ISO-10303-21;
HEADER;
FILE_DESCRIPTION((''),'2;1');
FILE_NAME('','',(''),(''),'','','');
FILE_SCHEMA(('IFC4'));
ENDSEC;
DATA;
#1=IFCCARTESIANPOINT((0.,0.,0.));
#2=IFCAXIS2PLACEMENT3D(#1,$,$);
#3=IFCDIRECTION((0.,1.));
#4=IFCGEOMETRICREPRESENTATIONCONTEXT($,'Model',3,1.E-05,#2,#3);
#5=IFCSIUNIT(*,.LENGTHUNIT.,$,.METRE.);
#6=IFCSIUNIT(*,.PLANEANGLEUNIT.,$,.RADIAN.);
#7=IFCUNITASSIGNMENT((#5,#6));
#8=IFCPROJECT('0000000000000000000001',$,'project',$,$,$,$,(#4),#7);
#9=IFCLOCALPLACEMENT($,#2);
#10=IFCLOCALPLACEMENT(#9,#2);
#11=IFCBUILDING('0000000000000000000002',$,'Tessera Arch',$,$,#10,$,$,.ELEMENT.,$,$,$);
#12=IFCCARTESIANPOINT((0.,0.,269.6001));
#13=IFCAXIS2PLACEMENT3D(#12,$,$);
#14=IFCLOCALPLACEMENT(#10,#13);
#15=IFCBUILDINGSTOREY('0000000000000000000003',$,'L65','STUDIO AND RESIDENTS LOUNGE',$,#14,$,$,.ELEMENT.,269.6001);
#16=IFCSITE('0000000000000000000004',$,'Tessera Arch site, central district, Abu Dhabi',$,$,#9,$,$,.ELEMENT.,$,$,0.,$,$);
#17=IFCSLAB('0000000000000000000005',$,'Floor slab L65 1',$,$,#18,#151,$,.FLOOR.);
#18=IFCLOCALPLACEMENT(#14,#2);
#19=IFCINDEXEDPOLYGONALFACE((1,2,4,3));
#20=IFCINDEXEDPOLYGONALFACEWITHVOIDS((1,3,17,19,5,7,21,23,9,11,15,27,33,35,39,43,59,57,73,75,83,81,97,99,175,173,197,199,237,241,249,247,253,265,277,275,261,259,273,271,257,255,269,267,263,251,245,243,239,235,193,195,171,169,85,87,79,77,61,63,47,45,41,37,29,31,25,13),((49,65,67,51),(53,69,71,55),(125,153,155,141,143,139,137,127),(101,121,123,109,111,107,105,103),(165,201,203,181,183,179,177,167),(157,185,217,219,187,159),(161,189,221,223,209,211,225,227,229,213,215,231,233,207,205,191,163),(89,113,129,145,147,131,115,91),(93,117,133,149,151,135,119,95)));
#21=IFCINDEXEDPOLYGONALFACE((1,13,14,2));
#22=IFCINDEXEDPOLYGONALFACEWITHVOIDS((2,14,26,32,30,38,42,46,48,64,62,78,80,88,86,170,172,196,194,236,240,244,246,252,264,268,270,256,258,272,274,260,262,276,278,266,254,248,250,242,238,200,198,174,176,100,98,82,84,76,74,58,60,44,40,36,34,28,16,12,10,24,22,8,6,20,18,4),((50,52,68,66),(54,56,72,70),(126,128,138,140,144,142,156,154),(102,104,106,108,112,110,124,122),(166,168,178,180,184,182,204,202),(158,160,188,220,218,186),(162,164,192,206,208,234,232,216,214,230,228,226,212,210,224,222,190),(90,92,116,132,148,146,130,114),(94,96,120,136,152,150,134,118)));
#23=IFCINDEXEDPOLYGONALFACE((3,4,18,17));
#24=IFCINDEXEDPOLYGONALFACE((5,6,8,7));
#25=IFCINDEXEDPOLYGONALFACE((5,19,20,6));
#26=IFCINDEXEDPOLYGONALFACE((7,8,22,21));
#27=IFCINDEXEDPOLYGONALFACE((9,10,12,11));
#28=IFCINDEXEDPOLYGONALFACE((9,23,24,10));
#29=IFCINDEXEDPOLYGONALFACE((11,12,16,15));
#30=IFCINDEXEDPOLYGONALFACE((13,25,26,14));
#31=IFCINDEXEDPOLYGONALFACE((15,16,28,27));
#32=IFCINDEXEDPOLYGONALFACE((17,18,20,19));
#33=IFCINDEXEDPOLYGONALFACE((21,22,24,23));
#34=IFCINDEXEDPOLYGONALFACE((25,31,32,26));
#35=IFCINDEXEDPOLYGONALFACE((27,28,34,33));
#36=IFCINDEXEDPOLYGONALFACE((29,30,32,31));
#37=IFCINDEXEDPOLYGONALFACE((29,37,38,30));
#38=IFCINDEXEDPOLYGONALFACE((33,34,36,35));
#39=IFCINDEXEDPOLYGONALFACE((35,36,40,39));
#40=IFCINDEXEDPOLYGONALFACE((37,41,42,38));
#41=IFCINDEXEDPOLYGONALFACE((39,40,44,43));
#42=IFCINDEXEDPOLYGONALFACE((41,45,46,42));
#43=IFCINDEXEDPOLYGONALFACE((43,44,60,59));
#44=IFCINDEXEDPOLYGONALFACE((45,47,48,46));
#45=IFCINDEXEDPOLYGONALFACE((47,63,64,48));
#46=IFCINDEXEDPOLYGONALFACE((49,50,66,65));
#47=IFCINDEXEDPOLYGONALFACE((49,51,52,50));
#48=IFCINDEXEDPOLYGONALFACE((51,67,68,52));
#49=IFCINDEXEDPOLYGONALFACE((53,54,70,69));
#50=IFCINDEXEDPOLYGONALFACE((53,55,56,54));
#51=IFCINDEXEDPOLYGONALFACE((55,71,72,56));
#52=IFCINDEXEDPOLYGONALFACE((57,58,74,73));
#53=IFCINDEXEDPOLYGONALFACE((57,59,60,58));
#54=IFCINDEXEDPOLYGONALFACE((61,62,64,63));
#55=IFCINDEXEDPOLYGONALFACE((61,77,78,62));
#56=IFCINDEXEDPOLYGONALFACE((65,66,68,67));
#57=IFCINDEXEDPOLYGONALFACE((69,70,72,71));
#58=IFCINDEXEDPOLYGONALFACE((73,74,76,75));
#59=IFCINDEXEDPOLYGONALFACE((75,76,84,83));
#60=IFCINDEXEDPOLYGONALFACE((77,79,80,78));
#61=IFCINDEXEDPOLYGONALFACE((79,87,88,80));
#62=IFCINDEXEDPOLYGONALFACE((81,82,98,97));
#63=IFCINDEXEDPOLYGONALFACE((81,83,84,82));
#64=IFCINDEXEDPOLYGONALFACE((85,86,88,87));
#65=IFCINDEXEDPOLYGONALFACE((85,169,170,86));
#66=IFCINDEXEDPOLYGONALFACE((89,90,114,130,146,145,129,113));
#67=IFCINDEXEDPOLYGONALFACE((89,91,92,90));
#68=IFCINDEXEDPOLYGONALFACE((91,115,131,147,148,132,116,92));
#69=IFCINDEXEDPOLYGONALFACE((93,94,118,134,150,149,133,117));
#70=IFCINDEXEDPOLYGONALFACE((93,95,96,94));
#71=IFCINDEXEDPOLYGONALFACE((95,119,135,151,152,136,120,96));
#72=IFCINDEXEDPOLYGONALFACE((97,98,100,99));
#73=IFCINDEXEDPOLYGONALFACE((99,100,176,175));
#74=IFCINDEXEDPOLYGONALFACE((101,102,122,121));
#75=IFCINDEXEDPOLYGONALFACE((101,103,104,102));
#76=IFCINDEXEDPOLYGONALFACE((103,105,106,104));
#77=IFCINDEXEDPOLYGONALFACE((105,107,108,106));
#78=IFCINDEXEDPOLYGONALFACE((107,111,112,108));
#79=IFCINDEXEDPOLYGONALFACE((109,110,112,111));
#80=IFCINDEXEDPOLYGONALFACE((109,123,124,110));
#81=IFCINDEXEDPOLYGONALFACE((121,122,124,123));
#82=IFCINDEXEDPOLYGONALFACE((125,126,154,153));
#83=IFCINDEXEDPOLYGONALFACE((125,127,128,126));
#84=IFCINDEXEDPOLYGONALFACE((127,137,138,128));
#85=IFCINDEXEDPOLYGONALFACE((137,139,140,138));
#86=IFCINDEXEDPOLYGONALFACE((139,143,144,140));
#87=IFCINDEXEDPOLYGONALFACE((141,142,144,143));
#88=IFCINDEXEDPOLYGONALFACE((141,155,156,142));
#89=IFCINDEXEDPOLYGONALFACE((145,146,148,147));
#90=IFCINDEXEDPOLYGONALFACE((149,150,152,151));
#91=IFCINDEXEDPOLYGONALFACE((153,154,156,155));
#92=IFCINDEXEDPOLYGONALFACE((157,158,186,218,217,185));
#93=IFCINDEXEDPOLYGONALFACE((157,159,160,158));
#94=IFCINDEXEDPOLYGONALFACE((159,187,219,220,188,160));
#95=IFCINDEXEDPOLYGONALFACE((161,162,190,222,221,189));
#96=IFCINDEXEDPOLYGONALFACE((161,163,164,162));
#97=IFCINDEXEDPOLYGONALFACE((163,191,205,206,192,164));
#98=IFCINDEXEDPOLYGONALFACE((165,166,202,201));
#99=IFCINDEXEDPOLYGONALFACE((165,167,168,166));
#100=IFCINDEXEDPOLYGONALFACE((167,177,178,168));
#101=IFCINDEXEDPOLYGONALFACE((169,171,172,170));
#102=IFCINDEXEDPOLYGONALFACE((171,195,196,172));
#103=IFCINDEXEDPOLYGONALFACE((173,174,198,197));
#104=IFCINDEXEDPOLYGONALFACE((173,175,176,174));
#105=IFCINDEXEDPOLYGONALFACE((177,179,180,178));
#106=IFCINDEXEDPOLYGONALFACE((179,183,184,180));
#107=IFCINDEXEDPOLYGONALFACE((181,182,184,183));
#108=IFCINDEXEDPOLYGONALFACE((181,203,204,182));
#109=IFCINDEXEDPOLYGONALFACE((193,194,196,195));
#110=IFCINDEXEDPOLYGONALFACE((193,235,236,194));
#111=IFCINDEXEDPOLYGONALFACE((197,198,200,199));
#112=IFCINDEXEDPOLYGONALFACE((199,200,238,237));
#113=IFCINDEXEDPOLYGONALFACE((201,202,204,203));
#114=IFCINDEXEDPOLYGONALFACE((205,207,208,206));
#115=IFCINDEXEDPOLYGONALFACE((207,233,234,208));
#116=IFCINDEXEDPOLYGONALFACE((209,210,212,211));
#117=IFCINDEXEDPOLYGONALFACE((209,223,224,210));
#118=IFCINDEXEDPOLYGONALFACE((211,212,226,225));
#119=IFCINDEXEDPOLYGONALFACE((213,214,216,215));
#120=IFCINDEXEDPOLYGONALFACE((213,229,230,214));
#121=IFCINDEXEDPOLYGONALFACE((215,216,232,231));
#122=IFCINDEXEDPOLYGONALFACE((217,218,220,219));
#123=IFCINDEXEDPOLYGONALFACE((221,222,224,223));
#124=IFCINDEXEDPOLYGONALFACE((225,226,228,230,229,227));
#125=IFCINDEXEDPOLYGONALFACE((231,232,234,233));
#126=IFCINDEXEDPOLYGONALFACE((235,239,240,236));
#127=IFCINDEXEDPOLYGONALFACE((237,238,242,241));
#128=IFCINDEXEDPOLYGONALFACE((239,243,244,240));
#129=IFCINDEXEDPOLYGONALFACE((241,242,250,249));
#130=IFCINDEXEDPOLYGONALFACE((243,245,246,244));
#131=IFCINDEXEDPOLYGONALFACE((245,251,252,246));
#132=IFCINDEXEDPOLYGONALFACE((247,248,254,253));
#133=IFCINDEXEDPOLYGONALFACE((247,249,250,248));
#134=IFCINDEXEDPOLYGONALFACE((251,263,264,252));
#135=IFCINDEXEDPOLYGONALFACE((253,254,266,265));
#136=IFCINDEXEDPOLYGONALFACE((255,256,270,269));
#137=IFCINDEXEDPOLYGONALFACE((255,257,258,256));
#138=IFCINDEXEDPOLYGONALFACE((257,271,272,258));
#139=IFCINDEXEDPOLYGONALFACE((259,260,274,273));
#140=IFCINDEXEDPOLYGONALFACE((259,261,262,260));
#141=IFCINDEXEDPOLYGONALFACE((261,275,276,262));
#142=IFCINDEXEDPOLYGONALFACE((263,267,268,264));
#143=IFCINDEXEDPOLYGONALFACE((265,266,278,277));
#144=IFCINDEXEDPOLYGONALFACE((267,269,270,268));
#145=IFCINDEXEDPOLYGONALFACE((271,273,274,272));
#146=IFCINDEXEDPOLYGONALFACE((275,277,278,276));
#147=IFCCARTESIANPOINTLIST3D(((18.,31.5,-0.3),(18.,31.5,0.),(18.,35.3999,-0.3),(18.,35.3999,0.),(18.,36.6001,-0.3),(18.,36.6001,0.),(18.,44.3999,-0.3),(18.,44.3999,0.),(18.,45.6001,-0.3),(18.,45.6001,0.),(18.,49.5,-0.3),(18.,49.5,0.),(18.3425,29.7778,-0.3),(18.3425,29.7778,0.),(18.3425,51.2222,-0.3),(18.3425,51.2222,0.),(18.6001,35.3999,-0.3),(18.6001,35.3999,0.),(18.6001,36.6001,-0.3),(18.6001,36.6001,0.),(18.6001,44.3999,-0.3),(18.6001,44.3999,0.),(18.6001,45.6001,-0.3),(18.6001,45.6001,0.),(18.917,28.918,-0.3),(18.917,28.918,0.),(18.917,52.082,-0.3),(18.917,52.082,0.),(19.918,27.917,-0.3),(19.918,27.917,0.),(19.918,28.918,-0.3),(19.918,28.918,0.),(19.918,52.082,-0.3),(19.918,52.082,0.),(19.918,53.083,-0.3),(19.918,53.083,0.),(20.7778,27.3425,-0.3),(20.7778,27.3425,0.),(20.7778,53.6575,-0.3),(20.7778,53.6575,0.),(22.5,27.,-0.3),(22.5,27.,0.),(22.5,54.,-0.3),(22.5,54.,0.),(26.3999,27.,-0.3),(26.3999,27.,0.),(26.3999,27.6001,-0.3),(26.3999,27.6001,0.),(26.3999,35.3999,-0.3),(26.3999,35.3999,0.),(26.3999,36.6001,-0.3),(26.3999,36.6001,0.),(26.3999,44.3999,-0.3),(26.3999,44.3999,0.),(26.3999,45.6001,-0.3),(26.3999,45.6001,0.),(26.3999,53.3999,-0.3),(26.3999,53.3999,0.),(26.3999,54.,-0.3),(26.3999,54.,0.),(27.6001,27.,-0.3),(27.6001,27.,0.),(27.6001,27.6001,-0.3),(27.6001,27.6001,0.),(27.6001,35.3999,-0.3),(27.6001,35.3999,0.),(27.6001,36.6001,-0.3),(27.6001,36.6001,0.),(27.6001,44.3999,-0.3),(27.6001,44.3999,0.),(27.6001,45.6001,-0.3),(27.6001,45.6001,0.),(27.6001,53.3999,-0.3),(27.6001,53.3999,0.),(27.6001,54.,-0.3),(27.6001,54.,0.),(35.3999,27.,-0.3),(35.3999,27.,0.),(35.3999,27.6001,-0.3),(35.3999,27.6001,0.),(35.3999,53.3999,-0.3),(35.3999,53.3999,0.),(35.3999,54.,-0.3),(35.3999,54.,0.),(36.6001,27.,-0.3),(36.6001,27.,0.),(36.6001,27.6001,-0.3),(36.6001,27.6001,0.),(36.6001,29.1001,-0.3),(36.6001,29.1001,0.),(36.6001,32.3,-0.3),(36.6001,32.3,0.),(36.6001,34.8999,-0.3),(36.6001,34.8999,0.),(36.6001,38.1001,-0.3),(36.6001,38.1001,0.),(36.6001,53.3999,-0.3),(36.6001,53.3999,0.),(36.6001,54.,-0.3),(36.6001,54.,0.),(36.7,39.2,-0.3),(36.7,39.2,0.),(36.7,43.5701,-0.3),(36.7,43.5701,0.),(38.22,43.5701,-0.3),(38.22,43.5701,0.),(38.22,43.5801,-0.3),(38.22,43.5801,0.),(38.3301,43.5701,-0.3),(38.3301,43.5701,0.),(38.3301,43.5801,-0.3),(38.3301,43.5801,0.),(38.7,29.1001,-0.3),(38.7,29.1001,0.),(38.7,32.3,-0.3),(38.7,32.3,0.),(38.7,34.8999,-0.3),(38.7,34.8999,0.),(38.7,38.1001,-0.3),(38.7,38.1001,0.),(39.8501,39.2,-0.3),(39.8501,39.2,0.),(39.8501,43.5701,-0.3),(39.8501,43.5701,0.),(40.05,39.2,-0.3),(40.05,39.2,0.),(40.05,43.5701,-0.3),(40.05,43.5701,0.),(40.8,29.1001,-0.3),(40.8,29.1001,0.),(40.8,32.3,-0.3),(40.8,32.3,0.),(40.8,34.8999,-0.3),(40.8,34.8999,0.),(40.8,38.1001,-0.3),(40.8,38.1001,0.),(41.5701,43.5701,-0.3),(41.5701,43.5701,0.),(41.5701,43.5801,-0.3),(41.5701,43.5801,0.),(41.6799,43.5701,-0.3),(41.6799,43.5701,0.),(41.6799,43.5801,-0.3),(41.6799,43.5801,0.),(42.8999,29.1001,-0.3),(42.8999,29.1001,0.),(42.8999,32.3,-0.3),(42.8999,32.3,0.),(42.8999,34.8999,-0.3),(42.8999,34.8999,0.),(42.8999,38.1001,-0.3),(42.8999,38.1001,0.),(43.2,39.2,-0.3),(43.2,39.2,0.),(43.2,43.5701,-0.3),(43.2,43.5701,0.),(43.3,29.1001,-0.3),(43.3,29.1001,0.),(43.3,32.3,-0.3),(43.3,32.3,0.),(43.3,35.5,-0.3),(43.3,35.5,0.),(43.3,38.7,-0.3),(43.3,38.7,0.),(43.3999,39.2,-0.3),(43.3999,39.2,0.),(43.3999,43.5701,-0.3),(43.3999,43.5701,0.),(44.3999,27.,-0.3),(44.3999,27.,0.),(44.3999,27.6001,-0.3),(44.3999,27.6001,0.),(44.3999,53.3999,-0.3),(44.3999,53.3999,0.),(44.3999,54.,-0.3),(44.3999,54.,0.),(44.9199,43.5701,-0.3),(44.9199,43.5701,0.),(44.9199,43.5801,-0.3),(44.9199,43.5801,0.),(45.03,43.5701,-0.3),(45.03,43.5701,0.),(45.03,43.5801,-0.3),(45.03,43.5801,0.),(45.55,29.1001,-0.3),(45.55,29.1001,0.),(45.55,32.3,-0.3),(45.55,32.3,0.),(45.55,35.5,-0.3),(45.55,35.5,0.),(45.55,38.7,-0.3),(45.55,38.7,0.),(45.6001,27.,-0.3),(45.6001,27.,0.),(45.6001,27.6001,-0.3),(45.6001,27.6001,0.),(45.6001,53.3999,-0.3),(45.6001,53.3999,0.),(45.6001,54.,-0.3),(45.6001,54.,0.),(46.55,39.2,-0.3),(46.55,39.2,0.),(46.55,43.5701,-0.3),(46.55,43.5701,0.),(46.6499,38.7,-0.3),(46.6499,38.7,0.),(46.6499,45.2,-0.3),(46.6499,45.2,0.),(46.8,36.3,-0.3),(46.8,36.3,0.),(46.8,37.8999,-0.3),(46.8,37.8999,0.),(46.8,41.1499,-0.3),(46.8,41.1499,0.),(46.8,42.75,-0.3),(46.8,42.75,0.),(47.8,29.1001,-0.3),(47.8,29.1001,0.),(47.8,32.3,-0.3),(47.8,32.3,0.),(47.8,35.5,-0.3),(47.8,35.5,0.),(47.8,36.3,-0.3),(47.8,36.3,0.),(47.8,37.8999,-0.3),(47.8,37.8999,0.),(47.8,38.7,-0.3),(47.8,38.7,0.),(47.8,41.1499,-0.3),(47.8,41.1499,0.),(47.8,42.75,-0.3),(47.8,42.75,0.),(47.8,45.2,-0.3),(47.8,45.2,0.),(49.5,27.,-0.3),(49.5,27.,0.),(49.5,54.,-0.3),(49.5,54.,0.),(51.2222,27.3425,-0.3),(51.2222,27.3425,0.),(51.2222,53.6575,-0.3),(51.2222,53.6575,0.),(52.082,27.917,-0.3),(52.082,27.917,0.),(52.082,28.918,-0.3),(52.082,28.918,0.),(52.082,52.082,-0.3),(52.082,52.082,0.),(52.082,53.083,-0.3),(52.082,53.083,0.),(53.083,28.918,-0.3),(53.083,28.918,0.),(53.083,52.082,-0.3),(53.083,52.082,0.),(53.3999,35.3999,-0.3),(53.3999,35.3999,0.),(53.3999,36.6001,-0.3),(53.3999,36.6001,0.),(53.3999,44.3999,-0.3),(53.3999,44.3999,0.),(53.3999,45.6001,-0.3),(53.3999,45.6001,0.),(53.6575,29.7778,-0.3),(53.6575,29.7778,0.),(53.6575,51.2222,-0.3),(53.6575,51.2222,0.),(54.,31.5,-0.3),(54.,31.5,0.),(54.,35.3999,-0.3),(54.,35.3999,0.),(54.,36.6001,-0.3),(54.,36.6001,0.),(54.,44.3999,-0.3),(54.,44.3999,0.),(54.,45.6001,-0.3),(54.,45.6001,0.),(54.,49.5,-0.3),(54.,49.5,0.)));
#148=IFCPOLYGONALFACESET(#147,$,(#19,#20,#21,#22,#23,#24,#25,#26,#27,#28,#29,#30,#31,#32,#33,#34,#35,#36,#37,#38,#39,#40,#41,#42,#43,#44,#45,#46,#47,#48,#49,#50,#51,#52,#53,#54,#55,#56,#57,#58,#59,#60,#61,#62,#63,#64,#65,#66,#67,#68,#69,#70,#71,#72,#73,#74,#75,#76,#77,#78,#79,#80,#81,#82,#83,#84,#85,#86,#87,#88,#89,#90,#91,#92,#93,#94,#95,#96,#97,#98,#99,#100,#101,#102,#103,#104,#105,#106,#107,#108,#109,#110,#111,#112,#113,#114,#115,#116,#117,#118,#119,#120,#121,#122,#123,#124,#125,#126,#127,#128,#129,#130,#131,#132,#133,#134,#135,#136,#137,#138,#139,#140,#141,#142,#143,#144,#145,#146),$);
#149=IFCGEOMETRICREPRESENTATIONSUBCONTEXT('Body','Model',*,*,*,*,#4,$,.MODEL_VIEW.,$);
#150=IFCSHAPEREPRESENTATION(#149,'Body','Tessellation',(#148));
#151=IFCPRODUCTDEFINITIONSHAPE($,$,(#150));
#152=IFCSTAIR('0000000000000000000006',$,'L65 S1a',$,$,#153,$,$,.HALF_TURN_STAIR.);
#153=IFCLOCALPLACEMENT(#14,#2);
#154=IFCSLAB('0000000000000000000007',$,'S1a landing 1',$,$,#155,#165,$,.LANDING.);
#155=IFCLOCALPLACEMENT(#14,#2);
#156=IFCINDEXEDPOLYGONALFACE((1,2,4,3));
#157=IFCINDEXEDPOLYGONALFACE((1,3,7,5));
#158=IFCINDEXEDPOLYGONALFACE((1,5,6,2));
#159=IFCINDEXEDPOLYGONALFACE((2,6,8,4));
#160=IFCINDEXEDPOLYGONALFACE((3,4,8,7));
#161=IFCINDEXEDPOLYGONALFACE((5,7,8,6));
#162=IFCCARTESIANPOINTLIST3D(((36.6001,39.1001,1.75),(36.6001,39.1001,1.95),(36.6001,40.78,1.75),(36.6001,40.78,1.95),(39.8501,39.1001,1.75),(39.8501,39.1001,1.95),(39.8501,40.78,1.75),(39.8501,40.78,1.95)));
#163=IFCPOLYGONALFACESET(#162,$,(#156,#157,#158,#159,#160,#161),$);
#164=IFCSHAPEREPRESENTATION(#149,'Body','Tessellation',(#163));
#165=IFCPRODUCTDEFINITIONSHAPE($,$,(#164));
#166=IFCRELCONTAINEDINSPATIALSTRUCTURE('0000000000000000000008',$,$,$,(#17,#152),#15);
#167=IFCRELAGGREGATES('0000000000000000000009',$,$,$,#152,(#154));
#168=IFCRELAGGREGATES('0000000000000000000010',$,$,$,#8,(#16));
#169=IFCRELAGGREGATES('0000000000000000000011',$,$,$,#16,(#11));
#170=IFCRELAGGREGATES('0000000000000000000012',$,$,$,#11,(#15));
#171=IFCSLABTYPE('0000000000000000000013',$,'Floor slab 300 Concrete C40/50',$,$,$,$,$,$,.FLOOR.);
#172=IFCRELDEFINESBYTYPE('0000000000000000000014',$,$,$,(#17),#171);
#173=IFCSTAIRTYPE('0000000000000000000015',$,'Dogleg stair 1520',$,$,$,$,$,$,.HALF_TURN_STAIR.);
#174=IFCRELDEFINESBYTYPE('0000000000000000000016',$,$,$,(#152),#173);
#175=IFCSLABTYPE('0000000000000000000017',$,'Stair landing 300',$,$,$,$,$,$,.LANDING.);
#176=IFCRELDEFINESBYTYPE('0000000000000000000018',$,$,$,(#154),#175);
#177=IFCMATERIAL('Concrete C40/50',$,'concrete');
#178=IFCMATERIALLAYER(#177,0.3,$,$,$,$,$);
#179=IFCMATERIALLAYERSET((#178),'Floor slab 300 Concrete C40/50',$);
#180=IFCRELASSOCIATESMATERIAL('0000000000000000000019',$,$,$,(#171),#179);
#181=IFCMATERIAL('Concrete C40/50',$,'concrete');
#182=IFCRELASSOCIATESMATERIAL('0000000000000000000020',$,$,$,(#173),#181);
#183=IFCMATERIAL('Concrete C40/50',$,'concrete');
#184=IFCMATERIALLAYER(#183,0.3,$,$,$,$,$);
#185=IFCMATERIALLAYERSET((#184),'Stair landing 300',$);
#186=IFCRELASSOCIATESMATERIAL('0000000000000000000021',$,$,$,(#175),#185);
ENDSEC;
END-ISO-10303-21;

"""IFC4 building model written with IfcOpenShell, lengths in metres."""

from ifc_helpers import new_model, si_unit, direction, frame, origin, place, context, subcontext, project, spatial, polyline, outline, extrude, material, layer, layer_set, type_object, element, aggregate, save


model = new_model("IFC4")

# Units and contexts
model_context = context("Model", 3, precision=1e-05, world=origin(), true_north=direction((0.0, 1.0)))
body_context = subcontext(model_context, "Body", "Model", "MODEL_VIEW")
ifc_project = project(units=[si_unit("LENGTHUNIT", "METRE"), si_unit("PLANEANGLEUNIT", "RADIAN")], contexts=[model_context])

# Site, building, storey
site_placement = place(None, origin())
site = spatial("IfcSite", under=ifc_project, at=site_placement, Name="Tessera Arch site, central district, Abu Dhabi", CompositionType="ELEMENT", RefElevation=0.0)
building_placement = place(site_placement, origin())
building = spatial("IfcBuilding", under=site, at=building_placement, Name="Tessera Arch", CompositionType="ELEMENT")
storey_placement = place(building_placement, frame((0.0, 0.0, 269.6001)))
storey = spatial("IfcBuildingStorey", under=building, at=storey_placement, Name="L65", Description="STUDIO AND RESIDENTS LOUNGE", CompositionType="ELEMENT", Elevation=269.6001)

# Slab
ifc_material_1 = material(Name="Concrete C40/50", Category="concrete")
ifc_layer_1 = layer(ifc_material_1, 0.3)
ifc_layer_set_1 = layer_set([ifc_layer_1], Name="Floor slab 300 Concrete C40/50")
slab_type_1 = type_object("IfcSlabType", Name="Floor slab 300 Concrete C40/50", PredefinedType="FLOOR", material=ifc_layer_set_1)
slab_1_placement = place(storey_placement, frame((0.0, 0.0, -0.3)))
element("IfcSlab", 1, at=slab_1_placement, inside=storey, type_object=slab_type_1, Name="Floor slab L65 1", PredefinedType="FLOOR", context=body_context, shape_type="SweptSolid", body=[
    extrude(outline(polyline([(54.0, 31.5), (53.6575, 29.7778), (53.083, 28.918), (52.082, 28.918), (52.082, 27.917), (51.2222, 27.3425), (49.5, 27.0), (45.6001, 27.0), (45.6001, 27.6001), (44.3999, 27.6001), (44.3999, 27.0), (36.6001, 27.0), (36.6001, 27.6001), (35.3999, 27.6001), (35.3999, 27.0), (27.6001, 27.0), (27.6001, 27.6001), (26.3999, 27.6001), (26.3999, 27.0), (22.5, 27.0), (20.7778, 27.3425), (19.918, 27.917), (19.918, 28.918), (18.917, 28.918), (18.3425, 29.7778), (18.0, 31.5), (18.0, 35.3999), (18.6001, 35.3999), (18.6001, 36.6001), (18.0, 36.6001), (18.0, 44.3999), (18.6001, 44.3999), (18.6001, 45.6001), (18.0, 45.6001), (18.0, 49.5), (18.3425, 51.2222), (18.917, 52.082), (19.918, 52.082), (19.918, 53.083), (20.7778, 53.6575), (22.5, 54.0), (26.3999, 54.0), (26.3999, 53.3999), (27.6001, 53.3999), (27.6001, 54.0), (35.3999, 54.0), (35.3999, 53.3999), (36.6001, 53.3999), (36.6001, 54.0), (44.3999, 54.0), (44.3999, 53.3999), (45.6001, 53.3999), (45.6001, 54.0), (49.5, 54.0), (51.2222, 53.6575), (52.082, 53.083), (52.082, 52.082), (53.083, 52.082), (53.6575, 51.2222), (54.0, 49.5), (54.0, 45.6001), (53.3999, 45.6001), (53.3999, 44.3999), (54.0, 44.3999), (54.0, 36.6001), (53.3999, 36.6001), (53.3999, 35.3999), (54.0, 35.3999), (54.0, 31.5)]), holes=[polyline([(40.8, 29.1001), (42.8999, 29.1001), (42.8999, 32.3), (40.8, 32.3), (38.7, 32.3), (36.6001, 32.3), (36.6001, 29.1001), (38.7, 29.1001), (40.8, 29.1001)]), polyline([(27.6001, 35.3999), (27.6001, 36.6001), (26.3999, 36.6001), (26.3999, 35.3999), (27.6001, 35.3999)]), polyline([(40.8, 34.8999), (42.8999, 34.8999), (42.8999, 38.1001), (40.8, 38.1001), (38.7, 38.1001), (36.6001, 38.1001), (36.6001, 34.8999), (38.7, 34.8999), (40.8, 34.8999)]), polyline([(38.22, 43.5801), (38.22, 43.5701), (36.7, 43.5701), (36.7, 39.2), (39.8501, 39.2), (39.8501, 43.5701), (38.3301, 43.5701), (38.3301, 43.5801), (38.22, 43.5801)]), polyline([(27.6001, 44.3999), (27.6001, 45.6001), (26.3999, 45.6001), (26.3999, 44.3999), (27.6001, 44.3999)]), polyline([(47.8, 32.3), (45.55, 32.3), (43.3, 32.3), (43.3, 29.1001), (45.55, 29.1001), (47.8, 29.1001), (47.8, 32.3)]), polyline([(46.6499, 38.7), (45.55, 38.7), (43.3, 38.7), (43.3, 35.5), (45.55, 35.5), (47.8, 35.5), (47.8, 36.3), (46.8, 36.3), (46.8, 37.8999), (47.8, 37.8999), (47.8, 38.7), (47.8, 41.1499), (46.8, 41.1499), (46.8, 42.75), (47.8, 42.75), (47.8, 45.2), (46.6499, 45.2), (46.6499, 38.7)]), polyline([(41.5701, 43.5801), (41.5701, 43.5701), (40.05, 43.5701), (40.05, 39.2), (43.2, 39.2), (43.2, 43.5701), (41.6799, 43.5701), (41.6799, 43.5801), (41.5701, 43.5801)]), polyline([(44.9199, 43.5801), (44.9199, 43.5701), (43.3999, 43.5701), (43.3999, 39.2), (46.55, 39.2), (46.55, 43.5701), (45.03, 43.5701), (45.03, 43.5801), (44.9199, 43.5801)])]), origin(), (0.0, 0.0, 1.0), 0.3),
])

# Stair, slab
ifc_material_2 = material(Name="Concrete C40/50", Category="concrete")
stair_type = type_object("IfcStairType", Name="Dogleg stair 1520", PredefinedType="HALF_TURN_STAIR", material=ifc_material_2)
stair_1_placement = place(storey_placement, origin())
stair_1 = element("IfcStair", 2, at=stair_1_placement, inside=storey, type_object=stair_type, Name="L65 S1a", PredefinedType="HALF_TURN_STAIR")
ifc_material_3 = material(Name="Concrete C40/50", Category="concrete")
ifc_layer_2 = layer(ifc_material_3, 0.3)
ifc_layer_set_2 = layer_set([ifc_layer_2], Name="Stair landing 300")
slab_type_2 = type_object("IfcSlabType", Name="Stair landing 300", PredefinedType="LANDING", material=ifc_layer_set_2)
slab_2_placement = place(storey_placement, frame((0.0, 0.0, 1.75)))
slab_2 = element("IfcSlab", 3, at=slab_2_placement, type_object=slab_type_2, Name="S1a landing 1", PredefinedType="LANDING", context=body_context, shape_type="SweptSolid", body=[
    extrude(outline(polyline([(36.6001, 40.78), (36.6001, 39.1001), (39.8501, 39.1001), (39.8501, 40.78), (36.6001, 40.78)])), origin(), (0.0, 0.0, 1.0), 0.2),
])
aggregate(stair_1, [slab_2])

save(model, "model.ifc")
